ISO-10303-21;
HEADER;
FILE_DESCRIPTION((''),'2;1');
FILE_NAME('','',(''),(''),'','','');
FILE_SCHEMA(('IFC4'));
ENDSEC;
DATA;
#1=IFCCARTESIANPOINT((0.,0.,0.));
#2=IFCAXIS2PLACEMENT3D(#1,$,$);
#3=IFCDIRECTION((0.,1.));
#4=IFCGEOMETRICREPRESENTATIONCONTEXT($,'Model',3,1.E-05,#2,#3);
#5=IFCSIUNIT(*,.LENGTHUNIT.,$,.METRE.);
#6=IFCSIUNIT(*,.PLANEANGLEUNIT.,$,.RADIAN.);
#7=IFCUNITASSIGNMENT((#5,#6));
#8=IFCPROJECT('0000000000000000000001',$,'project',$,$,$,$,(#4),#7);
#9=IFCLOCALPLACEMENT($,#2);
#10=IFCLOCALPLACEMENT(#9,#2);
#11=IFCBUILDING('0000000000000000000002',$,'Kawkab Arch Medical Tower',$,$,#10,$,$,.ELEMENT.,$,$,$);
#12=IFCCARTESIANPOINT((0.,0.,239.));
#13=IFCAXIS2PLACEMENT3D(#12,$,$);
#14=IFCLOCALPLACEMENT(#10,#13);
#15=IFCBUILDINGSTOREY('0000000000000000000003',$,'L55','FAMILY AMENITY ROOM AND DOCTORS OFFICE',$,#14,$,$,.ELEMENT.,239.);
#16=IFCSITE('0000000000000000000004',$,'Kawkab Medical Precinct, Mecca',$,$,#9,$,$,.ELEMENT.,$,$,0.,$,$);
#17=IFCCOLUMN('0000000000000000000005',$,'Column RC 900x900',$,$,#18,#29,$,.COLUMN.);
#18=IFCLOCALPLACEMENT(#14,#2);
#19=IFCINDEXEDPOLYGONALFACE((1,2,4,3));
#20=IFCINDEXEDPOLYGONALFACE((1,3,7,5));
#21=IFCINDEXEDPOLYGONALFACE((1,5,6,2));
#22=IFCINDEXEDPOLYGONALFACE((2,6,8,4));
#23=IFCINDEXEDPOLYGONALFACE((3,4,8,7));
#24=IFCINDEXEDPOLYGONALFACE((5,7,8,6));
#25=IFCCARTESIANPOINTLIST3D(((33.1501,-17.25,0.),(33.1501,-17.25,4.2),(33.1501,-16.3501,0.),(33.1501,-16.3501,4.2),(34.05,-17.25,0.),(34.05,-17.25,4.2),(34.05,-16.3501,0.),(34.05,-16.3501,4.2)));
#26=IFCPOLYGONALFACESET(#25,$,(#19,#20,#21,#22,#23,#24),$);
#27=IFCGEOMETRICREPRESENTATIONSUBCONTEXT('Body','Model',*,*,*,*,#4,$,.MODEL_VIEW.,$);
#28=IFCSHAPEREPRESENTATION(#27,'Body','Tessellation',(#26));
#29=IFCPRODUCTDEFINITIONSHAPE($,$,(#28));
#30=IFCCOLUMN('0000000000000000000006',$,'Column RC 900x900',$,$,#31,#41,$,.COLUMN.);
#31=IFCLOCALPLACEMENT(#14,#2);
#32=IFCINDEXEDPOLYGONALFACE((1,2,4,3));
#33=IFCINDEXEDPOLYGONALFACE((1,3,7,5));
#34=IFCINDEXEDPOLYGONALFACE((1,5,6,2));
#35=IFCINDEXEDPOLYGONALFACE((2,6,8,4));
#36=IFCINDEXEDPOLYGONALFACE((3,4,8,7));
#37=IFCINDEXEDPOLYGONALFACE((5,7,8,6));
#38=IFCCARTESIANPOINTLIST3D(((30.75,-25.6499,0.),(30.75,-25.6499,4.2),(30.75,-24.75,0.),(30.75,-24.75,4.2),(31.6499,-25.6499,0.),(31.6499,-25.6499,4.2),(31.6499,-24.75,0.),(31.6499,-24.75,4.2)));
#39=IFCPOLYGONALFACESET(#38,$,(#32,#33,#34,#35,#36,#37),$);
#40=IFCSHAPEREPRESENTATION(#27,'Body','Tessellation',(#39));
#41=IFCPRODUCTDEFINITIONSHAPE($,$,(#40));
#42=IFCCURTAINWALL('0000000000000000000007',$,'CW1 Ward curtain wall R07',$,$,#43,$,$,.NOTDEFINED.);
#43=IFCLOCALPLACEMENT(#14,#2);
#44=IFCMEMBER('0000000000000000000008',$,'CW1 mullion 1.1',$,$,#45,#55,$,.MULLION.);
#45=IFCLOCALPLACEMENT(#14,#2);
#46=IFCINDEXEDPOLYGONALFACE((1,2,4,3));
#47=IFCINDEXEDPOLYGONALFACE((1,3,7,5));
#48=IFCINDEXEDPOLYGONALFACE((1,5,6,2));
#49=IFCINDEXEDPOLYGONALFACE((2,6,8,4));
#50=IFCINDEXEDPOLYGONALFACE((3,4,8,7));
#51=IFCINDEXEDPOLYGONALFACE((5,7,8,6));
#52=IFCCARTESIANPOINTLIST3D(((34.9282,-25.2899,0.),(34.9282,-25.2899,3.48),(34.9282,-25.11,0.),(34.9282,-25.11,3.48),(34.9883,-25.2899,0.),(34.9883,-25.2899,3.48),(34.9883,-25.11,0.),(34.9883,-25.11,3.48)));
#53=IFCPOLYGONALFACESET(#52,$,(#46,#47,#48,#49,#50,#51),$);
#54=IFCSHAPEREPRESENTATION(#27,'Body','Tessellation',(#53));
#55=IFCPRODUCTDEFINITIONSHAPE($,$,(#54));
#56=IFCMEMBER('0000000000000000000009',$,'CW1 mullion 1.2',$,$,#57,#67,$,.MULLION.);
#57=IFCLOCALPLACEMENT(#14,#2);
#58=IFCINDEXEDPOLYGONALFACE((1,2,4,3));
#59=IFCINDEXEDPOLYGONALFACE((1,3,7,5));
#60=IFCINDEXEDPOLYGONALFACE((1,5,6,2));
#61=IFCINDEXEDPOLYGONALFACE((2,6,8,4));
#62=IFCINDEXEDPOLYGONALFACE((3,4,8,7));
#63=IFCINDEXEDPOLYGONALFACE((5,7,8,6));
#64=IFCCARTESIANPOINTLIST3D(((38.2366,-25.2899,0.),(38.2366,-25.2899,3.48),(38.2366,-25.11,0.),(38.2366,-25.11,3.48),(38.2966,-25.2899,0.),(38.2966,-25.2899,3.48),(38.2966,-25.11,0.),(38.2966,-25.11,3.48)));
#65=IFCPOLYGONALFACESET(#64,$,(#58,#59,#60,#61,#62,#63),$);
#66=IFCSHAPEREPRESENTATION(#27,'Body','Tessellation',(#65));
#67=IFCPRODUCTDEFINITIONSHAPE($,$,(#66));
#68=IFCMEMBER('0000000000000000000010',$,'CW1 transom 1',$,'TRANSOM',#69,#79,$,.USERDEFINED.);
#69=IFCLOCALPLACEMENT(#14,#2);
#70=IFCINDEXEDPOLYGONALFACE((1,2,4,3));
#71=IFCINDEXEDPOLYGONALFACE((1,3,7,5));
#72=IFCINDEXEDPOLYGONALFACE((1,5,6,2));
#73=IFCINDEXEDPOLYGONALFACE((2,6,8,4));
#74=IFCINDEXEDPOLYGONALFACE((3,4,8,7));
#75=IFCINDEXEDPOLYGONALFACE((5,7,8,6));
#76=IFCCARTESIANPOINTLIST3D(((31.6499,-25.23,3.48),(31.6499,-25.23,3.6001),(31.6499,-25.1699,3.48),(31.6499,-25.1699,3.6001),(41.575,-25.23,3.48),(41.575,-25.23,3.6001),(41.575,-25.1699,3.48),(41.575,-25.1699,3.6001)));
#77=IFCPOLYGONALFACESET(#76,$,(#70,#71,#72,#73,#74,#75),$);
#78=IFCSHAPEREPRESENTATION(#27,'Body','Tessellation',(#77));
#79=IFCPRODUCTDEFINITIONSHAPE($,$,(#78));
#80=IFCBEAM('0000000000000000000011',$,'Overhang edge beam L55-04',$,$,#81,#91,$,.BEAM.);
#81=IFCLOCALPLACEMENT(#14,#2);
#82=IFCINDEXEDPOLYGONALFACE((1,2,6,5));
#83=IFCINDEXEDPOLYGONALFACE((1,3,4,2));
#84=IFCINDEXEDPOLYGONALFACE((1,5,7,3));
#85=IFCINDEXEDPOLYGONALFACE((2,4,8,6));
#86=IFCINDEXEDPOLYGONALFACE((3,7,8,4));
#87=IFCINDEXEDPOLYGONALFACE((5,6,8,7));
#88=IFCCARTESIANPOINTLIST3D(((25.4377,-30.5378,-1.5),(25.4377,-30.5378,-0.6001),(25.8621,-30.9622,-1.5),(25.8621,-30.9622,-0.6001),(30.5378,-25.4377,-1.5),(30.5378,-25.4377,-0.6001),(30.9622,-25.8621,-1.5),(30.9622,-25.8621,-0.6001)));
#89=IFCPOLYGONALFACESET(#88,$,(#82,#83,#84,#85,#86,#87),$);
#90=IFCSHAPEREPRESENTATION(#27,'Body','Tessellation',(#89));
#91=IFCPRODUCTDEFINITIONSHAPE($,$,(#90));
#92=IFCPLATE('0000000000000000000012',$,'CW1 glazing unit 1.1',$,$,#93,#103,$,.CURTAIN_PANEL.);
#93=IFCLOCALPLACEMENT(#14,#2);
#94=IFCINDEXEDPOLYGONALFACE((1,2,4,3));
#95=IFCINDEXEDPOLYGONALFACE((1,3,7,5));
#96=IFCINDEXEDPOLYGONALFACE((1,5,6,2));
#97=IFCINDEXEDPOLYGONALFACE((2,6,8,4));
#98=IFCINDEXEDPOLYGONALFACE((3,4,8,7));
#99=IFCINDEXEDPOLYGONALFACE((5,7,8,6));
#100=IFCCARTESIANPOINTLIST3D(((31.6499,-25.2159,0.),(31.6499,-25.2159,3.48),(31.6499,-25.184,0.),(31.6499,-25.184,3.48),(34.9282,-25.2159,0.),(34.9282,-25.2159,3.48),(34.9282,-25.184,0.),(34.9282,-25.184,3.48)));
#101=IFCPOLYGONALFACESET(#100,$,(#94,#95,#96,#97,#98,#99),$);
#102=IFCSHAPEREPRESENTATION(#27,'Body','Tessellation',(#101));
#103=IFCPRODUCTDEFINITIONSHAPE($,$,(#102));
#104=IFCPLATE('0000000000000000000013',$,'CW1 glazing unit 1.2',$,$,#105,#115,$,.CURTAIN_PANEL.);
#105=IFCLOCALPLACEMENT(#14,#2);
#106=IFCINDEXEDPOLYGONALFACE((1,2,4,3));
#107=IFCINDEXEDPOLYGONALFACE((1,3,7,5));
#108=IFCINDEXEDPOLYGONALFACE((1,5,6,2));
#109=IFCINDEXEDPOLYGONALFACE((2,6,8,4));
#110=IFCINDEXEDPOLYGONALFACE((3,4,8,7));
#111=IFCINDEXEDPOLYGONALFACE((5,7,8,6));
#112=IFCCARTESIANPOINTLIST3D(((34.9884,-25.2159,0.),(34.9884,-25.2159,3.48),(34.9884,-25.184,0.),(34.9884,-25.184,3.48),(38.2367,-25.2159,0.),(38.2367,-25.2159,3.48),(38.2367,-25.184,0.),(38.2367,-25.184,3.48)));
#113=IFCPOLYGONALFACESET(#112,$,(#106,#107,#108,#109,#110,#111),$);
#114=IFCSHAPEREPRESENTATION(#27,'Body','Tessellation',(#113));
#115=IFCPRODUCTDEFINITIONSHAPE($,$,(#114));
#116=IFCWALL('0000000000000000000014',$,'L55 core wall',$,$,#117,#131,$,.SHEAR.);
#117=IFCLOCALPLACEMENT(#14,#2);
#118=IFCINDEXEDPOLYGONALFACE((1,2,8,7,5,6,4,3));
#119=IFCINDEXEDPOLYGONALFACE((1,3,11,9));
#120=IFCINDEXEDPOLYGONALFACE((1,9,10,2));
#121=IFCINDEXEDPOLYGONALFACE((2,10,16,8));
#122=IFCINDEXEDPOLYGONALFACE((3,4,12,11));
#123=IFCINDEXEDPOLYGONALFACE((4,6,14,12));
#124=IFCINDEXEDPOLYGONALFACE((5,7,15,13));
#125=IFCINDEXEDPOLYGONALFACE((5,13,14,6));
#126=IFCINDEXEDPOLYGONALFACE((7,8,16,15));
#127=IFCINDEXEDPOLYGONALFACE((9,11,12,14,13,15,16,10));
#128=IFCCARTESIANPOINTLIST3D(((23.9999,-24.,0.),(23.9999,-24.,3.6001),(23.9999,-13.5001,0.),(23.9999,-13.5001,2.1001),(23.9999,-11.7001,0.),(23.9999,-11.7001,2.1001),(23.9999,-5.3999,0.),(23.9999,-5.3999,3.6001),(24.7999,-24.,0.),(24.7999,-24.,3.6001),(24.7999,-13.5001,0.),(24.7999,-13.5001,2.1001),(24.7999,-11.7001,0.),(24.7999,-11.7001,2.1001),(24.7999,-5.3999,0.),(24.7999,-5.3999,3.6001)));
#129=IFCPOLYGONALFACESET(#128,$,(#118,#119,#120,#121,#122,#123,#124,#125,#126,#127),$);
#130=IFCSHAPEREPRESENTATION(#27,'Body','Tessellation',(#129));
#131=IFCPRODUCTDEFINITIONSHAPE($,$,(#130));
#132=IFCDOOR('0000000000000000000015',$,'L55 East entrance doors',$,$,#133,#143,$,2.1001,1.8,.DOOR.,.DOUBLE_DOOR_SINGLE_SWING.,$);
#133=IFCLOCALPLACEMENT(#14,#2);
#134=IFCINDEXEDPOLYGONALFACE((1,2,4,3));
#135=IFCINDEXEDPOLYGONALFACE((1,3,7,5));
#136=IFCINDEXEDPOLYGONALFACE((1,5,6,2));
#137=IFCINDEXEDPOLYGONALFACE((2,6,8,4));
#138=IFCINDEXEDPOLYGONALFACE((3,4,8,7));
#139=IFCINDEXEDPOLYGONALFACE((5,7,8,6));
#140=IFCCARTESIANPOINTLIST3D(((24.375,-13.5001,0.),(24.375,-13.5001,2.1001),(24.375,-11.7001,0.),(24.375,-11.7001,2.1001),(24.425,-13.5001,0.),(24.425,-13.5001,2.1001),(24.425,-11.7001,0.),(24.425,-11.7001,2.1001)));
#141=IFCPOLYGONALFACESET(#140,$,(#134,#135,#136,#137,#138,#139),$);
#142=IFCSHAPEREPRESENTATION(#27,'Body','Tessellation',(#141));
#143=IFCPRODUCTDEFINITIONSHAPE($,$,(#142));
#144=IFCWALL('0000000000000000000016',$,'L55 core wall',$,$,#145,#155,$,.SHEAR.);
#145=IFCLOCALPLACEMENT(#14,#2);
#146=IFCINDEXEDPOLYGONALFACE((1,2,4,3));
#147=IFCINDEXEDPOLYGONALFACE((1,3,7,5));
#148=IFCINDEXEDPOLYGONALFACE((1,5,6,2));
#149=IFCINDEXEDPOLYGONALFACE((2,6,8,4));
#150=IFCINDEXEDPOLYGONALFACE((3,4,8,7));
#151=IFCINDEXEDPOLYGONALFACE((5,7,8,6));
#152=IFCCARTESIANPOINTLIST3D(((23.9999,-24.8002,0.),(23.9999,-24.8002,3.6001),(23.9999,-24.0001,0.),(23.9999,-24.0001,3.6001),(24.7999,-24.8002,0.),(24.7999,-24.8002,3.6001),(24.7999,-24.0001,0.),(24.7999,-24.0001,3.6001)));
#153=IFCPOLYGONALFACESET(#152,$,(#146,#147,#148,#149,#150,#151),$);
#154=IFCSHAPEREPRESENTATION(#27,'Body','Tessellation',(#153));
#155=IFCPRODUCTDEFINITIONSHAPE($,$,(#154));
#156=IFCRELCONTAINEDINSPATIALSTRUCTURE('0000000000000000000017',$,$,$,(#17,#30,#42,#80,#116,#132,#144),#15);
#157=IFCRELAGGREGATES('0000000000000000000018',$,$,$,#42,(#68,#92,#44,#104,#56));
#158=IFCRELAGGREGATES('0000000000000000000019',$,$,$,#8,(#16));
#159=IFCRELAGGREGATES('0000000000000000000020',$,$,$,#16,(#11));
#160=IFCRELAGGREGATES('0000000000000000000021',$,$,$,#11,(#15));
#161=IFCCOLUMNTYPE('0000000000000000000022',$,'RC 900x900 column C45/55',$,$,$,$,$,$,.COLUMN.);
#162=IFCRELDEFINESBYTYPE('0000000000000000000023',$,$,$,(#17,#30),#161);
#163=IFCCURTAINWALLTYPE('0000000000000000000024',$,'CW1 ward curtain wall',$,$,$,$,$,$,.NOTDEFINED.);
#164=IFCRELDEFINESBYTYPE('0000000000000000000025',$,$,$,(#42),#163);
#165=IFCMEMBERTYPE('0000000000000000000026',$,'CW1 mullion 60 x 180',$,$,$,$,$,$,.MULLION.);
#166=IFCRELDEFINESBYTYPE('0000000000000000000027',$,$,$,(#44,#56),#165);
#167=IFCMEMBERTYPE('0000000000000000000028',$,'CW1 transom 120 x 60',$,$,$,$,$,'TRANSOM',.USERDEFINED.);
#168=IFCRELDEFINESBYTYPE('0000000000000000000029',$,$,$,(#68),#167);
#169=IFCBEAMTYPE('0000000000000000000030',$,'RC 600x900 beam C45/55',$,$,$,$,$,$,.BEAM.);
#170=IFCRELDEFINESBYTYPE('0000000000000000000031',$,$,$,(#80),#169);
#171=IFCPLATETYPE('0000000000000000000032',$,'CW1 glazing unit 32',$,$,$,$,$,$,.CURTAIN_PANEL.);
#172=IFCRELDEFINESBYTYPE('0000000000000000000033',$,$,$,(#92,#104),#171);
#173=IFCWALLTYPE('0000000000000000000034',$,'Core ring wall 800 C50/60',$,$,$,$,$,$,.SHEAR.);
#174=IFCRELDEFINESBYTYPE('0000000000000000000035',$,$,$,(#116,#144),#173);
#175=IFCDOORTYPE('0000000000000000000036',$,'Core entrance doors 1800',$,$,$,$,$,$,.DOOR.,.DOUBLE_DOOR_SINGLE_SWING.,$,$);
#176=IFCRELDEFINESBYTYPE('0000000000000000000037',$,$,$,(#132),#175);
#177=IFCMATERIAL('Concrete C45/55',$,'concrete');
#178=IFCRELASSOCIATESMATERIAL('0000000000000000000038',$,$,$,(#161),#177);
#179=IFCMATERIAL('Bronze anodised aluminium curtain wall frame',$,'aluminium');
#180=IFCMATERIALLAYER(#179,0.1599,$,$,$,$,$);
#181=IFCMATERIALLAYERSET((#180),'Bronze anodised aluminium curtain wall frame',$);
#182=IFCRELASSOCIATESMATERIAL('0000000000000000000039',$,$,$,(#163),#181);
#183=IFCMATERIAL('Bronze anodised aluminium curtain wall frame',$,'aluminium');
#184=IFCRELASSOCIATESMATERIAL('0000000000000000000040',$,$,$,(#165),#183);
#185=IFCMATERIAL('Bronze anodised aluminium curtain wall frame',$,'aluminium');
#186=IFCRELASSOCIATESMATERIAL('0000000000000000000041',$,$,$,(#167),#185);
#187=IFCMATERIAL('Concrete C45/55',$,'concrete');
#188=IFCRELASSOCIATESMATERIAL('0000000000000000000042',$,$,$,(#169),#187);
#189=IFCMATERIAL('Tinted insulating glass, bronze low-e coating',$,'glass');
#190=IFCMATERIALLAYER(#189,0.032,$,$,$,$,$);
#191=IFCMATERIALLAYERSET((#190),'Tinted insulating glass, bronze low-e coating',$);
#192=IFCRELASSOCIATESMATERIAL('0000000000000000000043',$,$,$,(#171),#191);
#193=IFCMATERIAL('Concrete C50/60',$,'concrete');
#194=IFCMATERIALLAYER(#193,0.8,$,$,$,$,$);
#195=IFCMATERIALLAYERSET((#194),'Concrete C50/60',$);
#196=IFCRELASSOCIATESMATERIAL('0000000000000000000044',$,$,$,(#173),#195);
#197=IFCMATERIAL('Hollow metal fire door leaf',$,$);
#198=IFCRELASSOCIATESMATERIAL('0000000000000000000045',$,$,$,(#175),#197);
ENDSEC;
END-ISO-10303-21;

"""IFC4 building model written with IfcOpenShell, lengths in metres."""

from ifc_helpers import new_model, si_unit, direction, frame, frame_2d, origin, origin_2d, place, context, subcontext, project, spatial, rectangle, extrude, material, layer, layer_set, material_profile, profile_set, type_object, element, fill, aggregate, save


model = new_model("IFC4")

# Units and contexts
model_context = context("Model", 3, precision=1e-05, world=origin(), true_north=direction((0.0, 1.0)))
body_context = subcontext(model_context, "Body", "Model", "MODEL_VIEW")
ifc_project = project(units=[si_unit("LENGTHUNIT", "METRE"), si_unit("PLANEANGLEUNIT", "RADIAN")], contexts=[model_context])

# Site, building, storey
site_placement = place(None, origin())
site = spatial("IfcSite", under=ifc_project, at=site_placement, Name="Kawkab Medical Precinct, Mecca", CompositionType="ELEMENT", RefElevation=0.0)
building_placement = place(site_placement, origin())
building = spatial("IfcBuilding", under=site, at=building_placement, Name="Kawkab Arch Medical Tower", CompositionType="ELEMENT")
storey_placement = place(building_placement, frame((0.0, 0.0, 239.0)))
storey = spatial("IfcBuildingStorey", under=building, at=storey_placement, Name="L55", Description="FAMILY AMENITY ROOM AND DOCTORS OFFICE", CompositionType="ELEMENT", Elevation=239.0)

# Columns
ifc_material_1 = material(Name="Concrete C45/55", Category="concrete")
ifc_material_profile_1 = material_profile(ifc_material_1, rectangle(XDim=0.8999, YDim=0.8999, at=origin_2d()), Name="RC 900x900")
ifc_profile_set_1 = profile_set([ifc_material_profile_1], Name="Concrete C45/55")
column_type = type_object("IfcColumnType", Name="RC 900x900 column C45/55", PredefinedType="COLUMN", material=ifc_profile_set_1)
for number, where, z_axis, x_axis, name in (
    (1, (33.6001, -16.8, 0.0), (0.0, 0.0, 1.0), (1.0, 0.0, 0.0), "Column RC 900x900"),
    (2, (31.2, -25.2, 0.0), (0.0, 0.0, 1.0), (1.0, 0.0, 0.0), "Column RC 900x900"),
):
    element("IfcColumn", number, at=place(storey_placement, frame(where, z_axis=z_axis, x_axis=x_axis)), inside=storey, type_object=column_type, Name=name, PredefinedType="COLUMN", context=body_context, shape_type="SweptSolid", body=[
        extrude(rectangle(XDim=0.8999, YDim=0.8999, at=origin_2d()), origin(), (0.0, 0.0, 1.0), 4.2),
    ])

# Curtain wall, members
ifc_material_2 = material(Name="Bronze anodised aluminium curtain wall frame", Category="aluminium")
ifc_layer_1 = layer(ifc_material_2, 0.1599)
ifc_layer_set_1 = layer_set([ifc_layer_1], Name="Bronze anodised aluminium curtain wall frame")
curtain_wall_type = type_object("IfcCurtainWallType", Name="CW1 ward curtain wall", PredefinedType="NOTDEFINED", material=ifc_layer_set_1)
curtain_wall_placement = place(storey_placement, origin())
curtain_wall = element("IfcCurtainWall", 3, at=curtain_wall_placement, inside=storey, type_object=curtain_wall_type, Name="CW1 Ward curtain wall R07", PredefinedType="NOTDEFINED")
ifc_material_3 = material(Name="Bronze anodised aluminium curtain wall frame", Category="aluminium")
ifc_material_profile_2 = material_profile(ifc_material_3, rectangle(XDim=0.1799, YDim=0.0601, at=origin_2d()), Name="AL 60x180")
ifc_profile_set_2 = profile_set([ifc_material_profile_2], Name="Bronze anodised aluminium curtain wall frame")
member_type_1 = type_object("IfcMemberType", Name="CW1 mullion 60 x 180", PredefinedType="MULLION", material=ifc_profile_set_2)
member_1_placement = place(storey_placement, frame((34.9583, -25.2, 0.0), z_axis=(0.0, 0.0, 1.0), x_axis=(0.0, 1.0, 0.0)))
member_1 = element("IfcMember", 4, at=member_1_placement, type_object=member_type_1, Name="CW1 mullion 1.1", PredefinedType="MULLION", context=body_context, shape_type="SweptSolid", body=[
    extrude(rectangle(XDim=0.1799, YDim=0.0601, at=origin_2d()), origin(), (0.0, 0.0, 1.0), 3.48),
])
member_2_placement = place(storey_placement, frame((38.2666, -25.2, 0.0), z_axis=(0.0, 0.0, 1.0), x_axis=(0.0, 1.0, 0.0)))
member_2 = element("IfcMember", 5, at=member_2_placement, type_object=member_type_1, Name="CW1 mullion 1.2", PredefinedType="MULLION", context=body_context, shape_type="SweptSolid", body=[
    extrude(rectangle(XDim=0.1799, YDim=0.0601, at=origin_2d()), origin(), (0.0, 0.0, 1.0), 3.48),
])
ifc_material_4 = material(Name="Bronze anodised aluminium curtain wall frame", Category="aluminium")
ifc_material_profile_3 = material_profile(ifc_material_4, rectangle(XDim=0.0601, YDim=0.1201, at=origin_2d()), Name="AL 60x120")
ifc_profile_set_3 = profile_set([ifc_material_profile_3], Name="Bronze anodised aluminium curtain wall frame")
member_type_2 = type_object("IfcMemberType", Name="CW1 transom 120 x 60", ElementType="TRANSOM", PredefinedType="USERDEFINED", material=ifc_profile_set_3)
member_3_placement = place(storey_placement, frame((31.6499, -25.2, 3.54), z_axis=(1.0, 0.0, 0.0), x_axis=(0.0, 1.0, 0.0)))
member_3 = element("IfcMember", 6, at=member_3_placement, type_object=member_type_2, Name="CW1 transom 1", ObjectType="TRANSOM", PredefinedType="USERDEFINED", context=body_context, shape_type="SweptSolid", body=[
    extrude(rectangle(XDim=0.0601, YDim=0.1201, at=origin_2d()), origin(), (0.0, 0.0, 1.0), 9.925),
])

# Beam
ifc_material_5 = material(Name="Concrete C45/55", Category="concrete")
ifc_material_profile_4 = material_profile(ifc_material_5, rectangle(XDim=0.6001, YDim=0.8999, at=origin_2d()), Name="RC 600x900")
ifc_profile_set_4 = profile_set([ifc_material_profile_4], Name="Concrete C45/55")
beam_type = type_object("IfcBeamType", Name="RC 600x900 beam C45/55", PredefinedType="BEAM", material=ifc_profile_set_4)
beam_placement = place(storey_placement, frame((30.75, -25.6499, -1.05), z_axis=(-0.707107, -0.707107, 0.0), x_axis=(0.707107, -0.707107, 0.0)))
element("IfcBeam", 7, at=beam_placement, inside=storey, type_object=beam_type, Name="Overhang edge beam L55-04", PredefinedType="BEAM", context=body_context, shape_type="SweptSolid", body=[
    extrude(rectangle(XDim=0.6001, YDim=0.8999, at=origin_2d()), origin(), (0.0, 0.0, 1.0), 7.2126),
])

# Plates
ifc_material_6 = material(Name="Tinted insulating glass, bronze low-e coating", Category="glass")
ifc_layer_2 = layer(ifc_material_6, 0.032)
ifc_layer_set_2 = layer_set([ifc_layer_2], Name="Tinted insulating glass, bronze low-e coating")
plate_type = type_object("IfcPlateType", Name="CW1 glazing unit 32", PredefinedType="CURTAIN_PANEL", material=ifc_layer_set_2)
plate_1_placement = place(storey_placement, frame((33.2891, -25.2, 0.0), z_axis=(0.0, 0.0, 1.0), x_axis=(1.0, 0.0, 0.0)))
plate_1 = element("IfcPlate", 8, at=plate_1_placement, type_object=plate_type, Name="CW1 glazing unit 1.1", PredefinedType="CURTAIN_PANEL", context=body_context, shape_type="SweptSolid", body=[
    extrude(rectangle(XDim=3.2783, YDim=0.032, at=origin_2d()), origin(), (0.0, 0.0, 1.0), 3.48),
])
plate_2_placement = place(storey_placement, frame((36.6125, -25.2, 0.0), z_axis=(0.0, 0.0, 1.0), x_axis=(1.0, 0.0, 0.0)))
plate_2 = element("IfcPlate", 9, at=plate_2_placement, type_object=plate_type, Name="CW1 glazing unit 1.2", PredefinedType="CURTAIN_PANEL", context=body_context, shape_type="SweptSolid", body=[
    extrude(rectangle(XDim=3.2483, YDim=0.032, at=origin_2d()), origin(), (0.0, 0.0, 1.0), 3.48),
])
aggregate(curtain_wall, [member_3, plate_1, member_1, plate_2, member_2])

# Wall, opening, door
ifc_material_7 = material(Name="Concrete C50/60", Category="concrete")
ifc_layer_3 = layer(ifc_material_7, 0.8)
ifc_layer_set_3 = layer_set([ifc_layer_3], Name="Concrete C50/60")
wall_type_1 = type_object("IfcWallType", Name="Core ring wall 800 C50/60", PredefinedType="SHEAR", material=ifc_layer_set_3)
wall_1_placement = place(storey_placement, frame((24.3999, -24.0, 0.0), z_axis=(0.0, 0.0, 1.0), x_axis=(0.0, 1.0, 0.0)))
wall_1 = element("IfcWall", 10, at=wall_1_placement, inside=storey, type_object=wall_type_1, Name="L55 core wall", PredefinedType="SHEAR", context=body_context, shape_type="SweptSolid", body=[
    extrude(rectangle(XDim=18.6001, YDim=0.8, at=frame_2d((9.3, 0.0))), origin(), (0.0, 0.0, 1.0), 3.6001),
])
opening_1_placement = place(wall_1_placement, frame((10.5, 0.0, 0.0)))
opening_1 = element("IfcOpeningElement", 11, at=opening_1_placement, cuts=wall_1, PredefinedType="OPENING", context=body_context, shape_type="SweptSolid", body=[
    extrude(rectangle(XDim=1.8, YDim=2.1001, at=frame_2d((0.8999, 1.05))), frame((0.0, 0.4099, 0.0), z_axis=(0.0, -1.0, 0.0), x_axis=(1.0, 0.0, 0.0)), (0.0, 0.0, 1.0), 0.8201),
])
ifc_material_8 = material(Name="Hollow metal fire door leaf")
door_type_1 = type_object("IfcDoorType", Name="Core entrance doors 1800", OperationType="DOUBLE_DOOR_SINGLE_SWING", PredefinedType="DOOR", material=ifc_material_8)
door_1_placement = place(opening_1_placement, origin())
door_1 = element("IfcDoor", 12, at=door_1_placement, inside=storey, type_object=door_type_1, Name="L55 East entrance doors", OperationType="DOUBLE_DOOR_SINGLE_SWING", OverallHeight=2.1001, OverallWidth=1.8, PredefinedType="DOOR", context=body_context, shape_type="SweptSolid", body=[
    extrude(rectangle(XDim=1.8, YDim=2.1001, at=frame_2d((0.8999, 1.05))), frame((0.0, 0.0249, 0.0), z_axis=(0.0, -1.0, 0.0), x_axis=(1.0, 0.0, 0.0)), (0.0, 0.0, 1.0), 0.05),
])
fill(opening_1, door_1)

# Wall
wall_2_placement = place(storey_placement, frame((24.3999, -24.8, 0.0), z_axis=(0.0, 0.0, 1.0), x_axis=(0.0, 1.0, 0.0)))
element("IfcWall", 13, at=wall_2_placement, inside=storey, type_object=wall_type_1, Name="L55 core wall", PredefinedType="SHEAR", context=body_context, shape_type="SweptSolid", body=[
    extrude(rectangle(XDim=0.8, YDim=0.8, at=frame_2d((0.3999, 0.0))), origin(), (0.0, 0.0, 1.0), 3.6001),
])

save(model, "model.ifc")
